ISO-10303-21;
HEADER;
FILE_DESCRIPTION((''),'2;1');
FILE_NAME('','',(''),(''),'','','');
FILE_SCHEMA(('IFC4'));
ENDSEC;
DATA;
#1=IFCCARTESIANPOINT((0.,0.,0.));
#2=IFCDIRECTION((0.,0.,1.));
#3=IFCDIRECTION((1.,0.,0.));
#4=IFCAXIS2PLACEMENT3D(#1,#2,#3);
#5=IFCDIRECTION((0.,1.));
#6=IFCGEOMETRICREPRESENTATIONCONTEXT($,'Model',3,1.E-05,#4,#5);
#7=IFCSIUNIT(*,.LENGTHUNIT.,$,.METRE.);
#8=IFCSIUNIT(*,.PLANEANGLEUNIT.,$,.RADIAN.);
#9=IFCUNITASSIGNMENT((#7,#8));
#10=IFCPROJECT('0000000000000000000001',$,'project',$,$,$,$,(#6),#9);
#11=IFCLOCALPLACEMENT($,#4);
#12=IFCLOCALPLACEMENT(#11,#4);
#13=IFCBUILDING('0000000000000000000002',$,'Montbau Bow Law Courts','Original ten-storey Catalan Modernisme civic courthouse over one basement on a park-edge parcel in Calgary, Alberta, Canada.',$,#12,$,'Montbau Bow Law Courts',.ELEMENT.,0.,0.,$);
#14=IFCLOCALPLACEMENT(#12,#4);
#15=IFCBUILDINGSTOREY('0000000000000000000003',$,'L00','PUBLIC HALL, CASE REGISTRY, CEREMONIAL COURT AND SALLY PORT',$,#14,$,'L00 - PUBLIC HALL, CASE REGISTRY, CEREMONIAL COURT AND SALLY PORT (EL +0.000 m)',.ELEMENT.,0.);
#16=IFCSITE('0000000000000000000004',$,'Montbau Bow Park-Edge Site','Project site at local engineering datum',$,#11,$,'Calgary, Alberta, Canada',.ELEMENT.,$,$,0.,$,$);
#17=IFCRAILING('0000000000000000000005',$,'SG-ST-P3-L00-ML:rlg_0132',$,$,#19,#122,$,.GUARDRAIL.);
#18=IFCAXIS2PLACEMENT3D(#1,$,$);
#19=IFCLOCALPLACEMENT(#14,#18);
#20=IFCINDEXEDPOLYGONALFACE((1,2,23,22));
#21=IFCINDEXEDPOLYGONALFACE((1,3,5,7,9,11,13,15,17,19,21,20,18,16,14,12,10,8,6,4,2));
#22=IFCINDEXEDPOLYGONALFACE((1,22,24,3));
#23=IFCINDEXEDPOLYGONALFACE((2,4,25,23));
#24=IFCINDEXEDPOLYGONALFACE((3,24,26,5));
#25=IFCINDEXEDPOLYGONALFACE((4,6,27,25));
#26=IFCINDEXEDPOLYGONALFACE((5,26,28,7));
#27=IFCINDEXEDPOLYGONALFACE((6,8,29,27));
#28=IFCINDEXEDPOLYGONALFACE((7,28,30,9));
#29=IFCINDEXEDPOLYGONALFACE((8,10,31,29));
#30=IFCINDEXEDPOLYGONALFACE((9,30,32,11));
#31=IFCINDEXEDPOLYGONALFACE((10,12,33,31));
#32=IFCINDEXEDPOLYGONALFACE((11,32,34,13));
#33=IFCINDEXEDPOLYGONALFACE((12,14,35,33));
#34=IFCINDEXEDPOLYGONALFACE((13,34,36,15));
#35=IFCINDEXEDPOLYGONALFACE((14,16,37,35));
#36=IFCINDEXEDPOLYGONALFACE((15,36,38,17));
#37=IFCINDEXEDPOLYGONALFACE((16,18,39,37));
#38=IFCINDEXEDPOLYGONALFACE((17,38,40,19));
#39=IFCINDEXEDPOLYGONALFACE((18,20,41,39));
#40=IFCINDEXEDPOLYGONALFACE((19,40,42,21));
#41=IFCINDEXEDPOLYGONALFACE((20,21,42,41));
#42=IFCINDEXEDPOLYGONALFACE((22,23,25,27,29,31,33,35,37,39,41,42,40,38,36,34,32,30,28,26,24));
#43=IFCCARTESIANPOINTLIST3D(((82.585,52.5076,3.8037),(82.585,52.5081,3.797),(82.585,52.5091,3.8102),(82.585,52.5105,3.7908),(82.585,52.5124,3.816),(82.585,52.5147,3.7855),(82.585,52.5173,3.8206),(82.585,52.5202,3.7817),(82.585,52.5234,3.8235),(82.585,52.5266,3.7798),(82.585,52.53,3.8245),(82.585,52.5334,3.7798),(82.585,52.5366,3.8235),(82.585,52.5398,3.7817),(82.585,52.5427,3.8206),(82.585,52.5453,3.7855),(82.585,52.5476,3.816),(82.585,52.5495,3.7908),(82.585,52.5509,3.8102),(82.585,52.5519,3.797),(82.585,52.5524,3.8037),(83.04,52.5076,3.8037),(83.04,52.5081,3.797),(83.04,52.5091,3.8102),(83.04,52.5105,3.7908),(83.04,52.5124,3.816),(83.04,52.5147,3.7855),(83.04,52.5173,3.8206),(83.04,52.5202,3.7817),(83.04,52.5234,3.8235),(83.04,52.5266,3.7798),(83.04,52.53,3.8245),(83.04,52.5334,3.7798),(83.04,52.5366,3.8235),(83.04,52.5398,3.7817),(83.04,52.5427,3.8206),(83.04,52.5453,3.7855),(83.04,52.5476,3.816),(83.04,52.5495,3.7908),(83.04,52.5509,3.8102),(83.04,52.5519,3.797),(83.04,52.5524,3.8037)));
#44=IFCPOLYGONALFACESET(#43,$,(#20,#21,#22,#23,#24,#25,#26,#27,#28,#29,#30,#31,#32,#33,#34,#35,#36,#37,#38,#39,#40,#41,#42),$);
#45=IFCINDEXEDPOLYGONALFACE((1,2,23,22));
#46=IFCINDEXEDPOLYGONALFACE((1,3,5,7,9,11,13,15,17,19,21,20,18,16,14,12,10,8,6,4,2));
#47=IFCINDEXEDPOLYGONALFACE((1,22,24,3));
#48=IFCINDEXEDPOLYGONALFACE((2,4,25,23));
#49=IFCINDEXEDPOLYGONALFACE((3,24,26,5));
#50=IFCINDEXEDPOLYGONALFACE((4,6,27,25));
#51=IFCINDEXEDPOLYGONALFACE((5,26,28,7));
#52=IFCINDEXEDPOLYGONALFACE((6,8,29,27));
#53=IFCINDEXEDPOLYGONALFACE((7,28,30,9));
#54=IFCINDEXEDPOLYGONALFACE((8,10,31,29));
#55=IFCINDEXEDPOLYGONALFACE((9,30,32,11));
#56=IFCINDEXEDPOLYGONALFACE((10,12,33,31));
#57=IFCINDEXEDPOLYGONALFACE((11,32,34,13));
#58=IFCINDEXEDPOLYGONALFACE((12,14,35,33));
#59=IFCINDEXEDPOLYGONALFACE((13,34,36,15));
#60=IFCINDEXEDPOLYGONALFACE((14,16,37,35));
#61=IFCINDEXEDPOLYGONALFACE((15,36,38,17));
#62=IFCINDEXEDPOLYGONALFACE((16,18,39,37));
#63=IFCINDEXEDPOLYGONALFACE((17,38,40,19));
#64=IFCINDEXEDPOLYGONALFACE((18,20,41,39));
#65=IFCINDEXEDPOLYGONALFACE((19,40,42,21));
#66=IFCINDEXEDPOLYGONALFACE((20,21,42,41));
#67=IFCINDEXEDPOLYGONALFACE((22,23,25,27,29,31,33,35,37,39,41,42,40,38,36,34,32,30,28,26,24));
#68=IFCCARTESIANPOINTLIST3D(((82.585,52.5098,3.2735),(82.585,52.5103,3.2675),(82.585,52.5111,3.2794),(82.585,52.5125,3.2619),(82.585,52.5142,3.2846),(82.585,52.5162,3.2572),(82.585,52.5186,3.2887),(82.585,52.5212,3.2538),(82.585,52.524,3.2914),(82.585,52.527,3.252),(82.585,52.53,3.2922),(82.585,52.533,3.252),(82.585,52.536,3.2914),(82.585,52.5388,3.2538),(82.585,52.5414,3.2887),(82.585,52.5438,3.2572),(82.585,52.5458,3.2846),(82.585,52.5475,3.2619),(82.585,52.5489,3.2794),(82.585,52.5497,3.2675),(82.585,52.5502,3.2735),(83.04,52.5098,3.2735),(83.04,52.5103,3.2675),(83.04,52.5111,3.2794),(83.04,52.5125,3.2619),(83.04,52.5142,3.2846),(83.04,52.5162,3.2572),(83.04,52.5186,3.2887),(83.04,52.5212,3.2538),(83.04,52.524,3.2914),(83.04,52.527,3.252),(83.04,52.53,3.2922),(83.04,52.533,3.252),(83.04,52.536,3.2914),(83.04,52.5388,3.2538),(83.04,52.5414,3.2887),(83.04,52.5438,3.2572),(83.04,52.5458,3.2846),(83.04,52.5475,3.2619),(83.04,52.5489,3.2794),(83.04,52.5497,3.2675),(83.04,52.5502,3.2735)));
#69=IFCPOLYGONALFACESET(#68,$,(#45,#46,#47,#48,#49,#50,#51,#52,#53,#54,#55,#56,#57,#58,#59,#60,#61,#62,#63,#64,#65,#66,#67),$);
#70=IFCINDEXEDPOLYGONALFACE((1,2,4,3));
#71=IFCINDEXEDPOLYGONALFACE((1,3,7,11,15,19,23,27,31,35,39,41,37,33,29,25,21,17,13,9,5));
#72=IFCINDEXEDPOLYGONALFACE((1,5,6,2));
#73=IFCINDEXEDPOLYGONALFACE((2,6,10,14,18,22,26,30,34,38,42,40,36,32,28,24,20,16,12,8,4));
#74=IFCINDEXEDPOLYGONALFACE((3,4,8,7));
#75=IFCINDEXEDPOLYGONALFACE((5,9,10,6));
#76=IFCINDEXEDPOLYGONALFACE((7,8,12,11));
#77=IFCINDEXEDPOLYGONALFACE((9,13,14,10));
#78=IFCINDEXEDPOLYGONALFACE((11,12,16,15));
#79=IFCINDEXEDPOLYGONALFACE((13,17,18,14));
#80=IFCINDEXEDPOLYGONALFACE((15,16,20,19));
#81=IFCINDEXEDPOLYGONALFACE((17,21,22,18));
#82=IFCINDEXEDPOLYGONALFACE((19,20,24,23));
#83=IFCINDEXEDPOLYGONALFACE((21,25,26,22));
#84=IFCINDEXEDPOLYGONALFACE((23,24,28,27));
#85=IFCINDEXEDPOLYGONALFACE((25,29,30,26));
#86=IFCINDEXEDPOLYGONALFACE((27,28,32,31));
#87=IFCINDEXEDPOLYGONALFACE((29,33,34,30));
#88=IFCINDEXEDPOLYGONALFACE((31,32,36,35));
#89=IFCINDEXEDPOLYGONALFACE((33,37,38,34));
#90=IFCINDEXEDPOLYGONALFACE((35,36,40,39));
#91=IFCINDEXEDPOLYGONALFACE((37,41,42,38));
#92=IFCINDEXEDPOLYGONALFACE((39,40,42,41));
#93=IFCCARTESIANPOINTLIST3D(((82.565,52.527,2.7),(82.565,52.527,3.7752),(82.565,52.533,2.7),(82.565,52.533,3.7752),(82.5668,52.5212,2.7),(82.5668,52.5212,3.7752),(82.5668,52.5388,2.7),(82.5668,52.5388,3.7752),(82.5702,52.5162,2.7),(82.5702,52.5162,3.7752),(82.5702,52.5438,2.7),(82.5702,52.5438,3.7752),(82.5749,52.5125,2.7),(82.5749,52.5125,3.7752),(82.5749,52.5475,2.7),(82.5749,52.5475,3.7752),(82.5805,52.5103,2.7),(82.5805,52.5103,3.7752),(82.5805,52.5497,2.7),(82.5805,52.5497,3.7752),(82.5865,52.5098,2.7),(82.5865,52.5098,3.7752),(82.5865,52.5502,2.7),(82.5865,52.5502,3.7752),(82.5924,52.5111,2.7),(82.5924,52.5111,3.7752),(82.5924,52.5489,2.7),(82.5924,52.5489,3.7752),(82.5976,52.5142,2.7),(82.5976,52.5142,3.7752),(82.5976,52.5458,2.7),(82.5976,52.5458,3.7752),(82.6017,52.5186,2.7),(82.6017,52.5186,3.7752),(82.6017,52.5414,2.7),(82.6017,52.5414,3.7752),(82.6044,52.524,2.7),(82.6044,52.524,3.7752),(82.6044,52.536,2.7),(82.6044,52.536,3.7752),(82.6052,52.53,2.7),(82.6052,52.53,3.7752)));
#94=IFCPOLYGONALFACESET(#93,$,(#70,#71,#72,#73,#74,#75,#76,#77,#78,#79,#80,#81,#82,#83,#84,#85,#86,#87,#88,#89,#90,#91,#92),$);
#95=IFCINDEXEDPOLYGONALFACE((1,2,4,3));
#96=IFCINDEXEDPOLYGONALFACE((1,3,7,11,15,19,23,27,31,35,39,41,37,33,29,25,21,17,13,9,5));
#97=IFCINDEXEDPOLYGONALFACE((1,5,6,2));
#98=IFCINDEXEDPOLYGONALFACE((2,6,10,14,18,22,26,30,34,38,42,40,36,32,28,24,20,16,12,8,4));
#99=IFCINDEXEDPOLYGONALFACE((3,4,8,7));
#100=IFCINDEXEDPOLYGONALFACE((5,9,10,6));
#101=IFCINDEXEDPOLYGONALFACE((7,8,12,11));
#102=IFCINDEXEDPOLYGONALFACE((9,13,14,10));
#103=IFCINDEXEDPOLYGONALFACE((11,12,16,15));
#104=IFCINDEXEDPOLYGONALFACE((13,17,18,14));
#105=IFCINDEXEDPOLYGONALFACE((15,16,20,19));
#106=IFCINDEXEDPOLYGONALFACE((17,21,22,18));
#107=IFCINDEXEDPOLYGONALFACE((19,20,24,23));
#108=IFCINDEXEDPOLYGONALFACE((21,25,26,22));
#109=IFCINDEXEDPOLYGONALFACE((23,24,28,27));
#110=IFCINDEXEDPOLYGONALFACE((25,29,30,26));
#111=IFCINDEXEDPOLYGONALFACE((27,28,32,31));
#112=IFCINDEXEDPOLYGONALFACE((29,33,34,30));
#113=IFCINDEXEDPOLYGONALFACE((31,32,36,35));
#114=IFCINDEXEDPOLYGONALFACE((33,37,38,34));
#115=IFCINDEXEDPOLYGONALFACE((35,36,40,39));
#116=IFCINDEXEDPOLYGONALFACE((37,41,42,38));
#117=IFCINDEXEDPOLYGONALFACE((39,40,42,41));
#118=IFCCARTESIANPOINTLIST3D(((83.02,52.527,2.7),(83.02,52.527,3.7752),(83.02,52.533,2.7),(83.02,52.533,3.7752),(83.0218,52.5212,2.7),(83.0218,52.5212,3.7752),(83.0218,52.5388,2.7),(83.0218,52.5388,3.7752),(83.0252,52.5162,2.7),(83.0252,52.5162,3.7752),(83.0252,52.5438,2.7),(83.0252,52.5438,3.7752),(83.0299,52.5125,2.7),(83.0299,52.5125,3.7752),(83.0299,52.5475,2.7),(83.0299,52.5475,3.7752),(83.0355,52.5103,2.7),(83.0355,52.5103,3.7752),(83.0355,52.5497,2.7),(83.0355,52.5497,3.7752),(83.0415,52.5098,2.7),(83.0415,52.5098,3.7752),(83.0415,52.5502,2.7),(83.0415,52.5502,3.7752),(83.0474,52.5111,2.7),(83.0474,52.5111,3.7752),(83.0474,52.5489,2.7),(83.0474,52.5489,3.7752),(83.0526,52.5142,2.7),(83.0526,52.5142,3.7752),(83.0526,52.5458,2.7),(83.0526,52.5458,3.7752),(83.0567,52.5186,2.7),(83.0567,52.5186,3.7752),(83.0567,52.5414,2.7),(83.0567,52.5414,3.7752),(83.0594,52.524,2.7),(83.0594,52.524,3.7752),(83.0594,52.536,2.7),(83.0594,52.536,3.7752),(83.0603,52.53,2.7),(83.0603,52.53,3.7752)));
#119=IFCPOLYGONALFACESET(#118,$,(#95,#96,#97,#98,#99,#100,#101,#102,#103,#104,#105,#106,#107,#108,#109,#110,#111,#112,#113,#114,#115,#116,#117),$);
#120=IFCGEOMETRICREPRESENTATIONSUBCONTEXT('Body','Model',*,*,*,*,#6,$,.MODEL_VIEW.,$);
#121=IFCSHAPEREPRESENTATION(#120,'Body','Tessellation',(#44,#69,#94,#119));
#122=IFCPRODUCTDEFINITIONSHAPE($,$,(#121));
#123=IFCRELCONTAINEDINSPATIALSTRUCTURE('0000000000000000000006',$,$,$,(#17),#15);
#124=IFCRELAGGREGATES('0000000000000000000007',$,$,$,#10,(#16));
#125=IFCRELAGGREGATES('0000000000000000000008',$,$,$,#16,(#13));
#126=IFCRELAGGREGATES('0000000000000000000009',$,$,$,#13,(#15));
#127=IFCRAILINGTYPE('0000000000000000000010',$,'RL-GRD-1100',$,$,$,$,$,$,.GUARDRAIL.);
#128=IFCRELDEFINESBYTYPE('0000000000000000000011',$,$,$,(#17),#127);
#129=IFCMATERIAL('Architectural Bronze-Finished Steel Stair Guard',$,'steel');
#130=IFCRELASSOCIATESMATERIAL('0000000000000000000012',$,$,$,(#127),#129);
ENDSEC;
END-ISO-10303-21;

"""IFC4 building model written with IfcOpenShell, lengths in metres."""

from ifc_helpers import new_model, si_unit, direction, frame, origin_with_axes, origin_2d_with_axis, place, context, subcontext, project, spatial, circle, extrude, material, type_object, element, save


model = new_model("IFC4")

# Units and contexts
model_context = context("Model", 3, precision=1e-05, world=origin_with_axes(), true_north=direction((0.0, 1.0)))
body_context = subcontext(model_context, "Body", "Model", "MODEL_VIEW")
ifc_project = project(units=[si_unit("LENGTHUNIT", "METRE"), si_unit("PLANEANGLEUNIT", "RADIAN")], contexts=[model_context])

# Site, building, storey
site_placement = place(None, origin_with_axes())
site = spatial("IfcSite", under=ifc_project, at=site_placement, Name="Montbau Bow Park-Edge Site", Description="Project site at local engineering datum", LongName="Calgary, Alberta, Canada", CompositionType="ELEMENT", RefElevation=0.0)
building_placement = place(site_placement, origin_with_axes())
building = spatial("IfcBuilding", under=site, at=building_placement, Name="Montbau Bow Law Courts", Description="Original ten-storey Catalan Modernisme civic courthouse over one basement on a park-edge parcel in Calgary, Alberta, Canada.", LongName="Montbau Bow Law Courts", CompositionType="ELEMENT", ElevationOfRefHeight=0.0, ElevationOfTerrain=0.0)
storey_placement = place(building_placement, origin_with_axes())
storey = spatial("IfcBuildingStorey", under=building, at=storey_placement, Name="L00", Description="PUBLIC HALL, CASE REGISTRY, CEREMONIAL COURT AND SALLY PORT", LongName="L00 - PUBLIC HALL, CASE REGISTRY, CEREMONIAL COURT AND SALLY PORT (EL +0.000 m)", CompositionType="ELEMENT", Elevation=0.0)

# Railing
ifc_material_1 = material(Name="Architectural Bronze-Finished Steel Stair Guard", Category="steel")
railing_type_1 = type_object("IfcRailingType", Name="RL-GRD-1100", PredefinedType="GUARDRAIL", material=ifc_material_1)
railing_1_placement = place(None, origin_with_axes())
element("IfcRailing", 1, at=railing_1_placement, inside=storey, type_object=railing_type_1, Name="SG-ST-P3-L00-ML:rlg_0132", PredefinedType="GUARDRAIL", context=body_context, shape_type="SweptSolid", body=[
    extrude(circle(Radius=0.0225, at=origin_2d_with_axis()), frame((82.585, 52.53, 3.802), z_axis=(1.0, 0.0, 0.0), x_axis=(0.0, 0.0, 1.0)), (0.0, 0.0, 1.0), 0.455),
    extrude(circle(Radius=0.0203, at=origin_2d_with_axis()), frame((82.585, 52.53, 3.272), z_axis=(1.0, 0.0, 0.0), x_axis=(0.0, 0.0, 1.0)), (0.0, 0.0, 1.0), 0.455),
    extrude(circle(Radius=0.0203, at=origin_2d_with_axis()), frame((82.585, 52.53, 2.7), z_axis=(0.0, 0.0, 1.0), x_axis=(1.0, 0.0, 0.0)), (0.0, 0.0, 1.0), 1.0753),
    extrude(circle(Radius=0.0203, at=origin_2d_with_axis()), frame((83.04, 52.53, 2.7), z_axis=(0.0, 0.0, 1.0), x_axis=(1.0, 0.0, 0.0)), (0.0, 0.0, 1.0), 1.0753),
])

save(model, "model.ifc")
